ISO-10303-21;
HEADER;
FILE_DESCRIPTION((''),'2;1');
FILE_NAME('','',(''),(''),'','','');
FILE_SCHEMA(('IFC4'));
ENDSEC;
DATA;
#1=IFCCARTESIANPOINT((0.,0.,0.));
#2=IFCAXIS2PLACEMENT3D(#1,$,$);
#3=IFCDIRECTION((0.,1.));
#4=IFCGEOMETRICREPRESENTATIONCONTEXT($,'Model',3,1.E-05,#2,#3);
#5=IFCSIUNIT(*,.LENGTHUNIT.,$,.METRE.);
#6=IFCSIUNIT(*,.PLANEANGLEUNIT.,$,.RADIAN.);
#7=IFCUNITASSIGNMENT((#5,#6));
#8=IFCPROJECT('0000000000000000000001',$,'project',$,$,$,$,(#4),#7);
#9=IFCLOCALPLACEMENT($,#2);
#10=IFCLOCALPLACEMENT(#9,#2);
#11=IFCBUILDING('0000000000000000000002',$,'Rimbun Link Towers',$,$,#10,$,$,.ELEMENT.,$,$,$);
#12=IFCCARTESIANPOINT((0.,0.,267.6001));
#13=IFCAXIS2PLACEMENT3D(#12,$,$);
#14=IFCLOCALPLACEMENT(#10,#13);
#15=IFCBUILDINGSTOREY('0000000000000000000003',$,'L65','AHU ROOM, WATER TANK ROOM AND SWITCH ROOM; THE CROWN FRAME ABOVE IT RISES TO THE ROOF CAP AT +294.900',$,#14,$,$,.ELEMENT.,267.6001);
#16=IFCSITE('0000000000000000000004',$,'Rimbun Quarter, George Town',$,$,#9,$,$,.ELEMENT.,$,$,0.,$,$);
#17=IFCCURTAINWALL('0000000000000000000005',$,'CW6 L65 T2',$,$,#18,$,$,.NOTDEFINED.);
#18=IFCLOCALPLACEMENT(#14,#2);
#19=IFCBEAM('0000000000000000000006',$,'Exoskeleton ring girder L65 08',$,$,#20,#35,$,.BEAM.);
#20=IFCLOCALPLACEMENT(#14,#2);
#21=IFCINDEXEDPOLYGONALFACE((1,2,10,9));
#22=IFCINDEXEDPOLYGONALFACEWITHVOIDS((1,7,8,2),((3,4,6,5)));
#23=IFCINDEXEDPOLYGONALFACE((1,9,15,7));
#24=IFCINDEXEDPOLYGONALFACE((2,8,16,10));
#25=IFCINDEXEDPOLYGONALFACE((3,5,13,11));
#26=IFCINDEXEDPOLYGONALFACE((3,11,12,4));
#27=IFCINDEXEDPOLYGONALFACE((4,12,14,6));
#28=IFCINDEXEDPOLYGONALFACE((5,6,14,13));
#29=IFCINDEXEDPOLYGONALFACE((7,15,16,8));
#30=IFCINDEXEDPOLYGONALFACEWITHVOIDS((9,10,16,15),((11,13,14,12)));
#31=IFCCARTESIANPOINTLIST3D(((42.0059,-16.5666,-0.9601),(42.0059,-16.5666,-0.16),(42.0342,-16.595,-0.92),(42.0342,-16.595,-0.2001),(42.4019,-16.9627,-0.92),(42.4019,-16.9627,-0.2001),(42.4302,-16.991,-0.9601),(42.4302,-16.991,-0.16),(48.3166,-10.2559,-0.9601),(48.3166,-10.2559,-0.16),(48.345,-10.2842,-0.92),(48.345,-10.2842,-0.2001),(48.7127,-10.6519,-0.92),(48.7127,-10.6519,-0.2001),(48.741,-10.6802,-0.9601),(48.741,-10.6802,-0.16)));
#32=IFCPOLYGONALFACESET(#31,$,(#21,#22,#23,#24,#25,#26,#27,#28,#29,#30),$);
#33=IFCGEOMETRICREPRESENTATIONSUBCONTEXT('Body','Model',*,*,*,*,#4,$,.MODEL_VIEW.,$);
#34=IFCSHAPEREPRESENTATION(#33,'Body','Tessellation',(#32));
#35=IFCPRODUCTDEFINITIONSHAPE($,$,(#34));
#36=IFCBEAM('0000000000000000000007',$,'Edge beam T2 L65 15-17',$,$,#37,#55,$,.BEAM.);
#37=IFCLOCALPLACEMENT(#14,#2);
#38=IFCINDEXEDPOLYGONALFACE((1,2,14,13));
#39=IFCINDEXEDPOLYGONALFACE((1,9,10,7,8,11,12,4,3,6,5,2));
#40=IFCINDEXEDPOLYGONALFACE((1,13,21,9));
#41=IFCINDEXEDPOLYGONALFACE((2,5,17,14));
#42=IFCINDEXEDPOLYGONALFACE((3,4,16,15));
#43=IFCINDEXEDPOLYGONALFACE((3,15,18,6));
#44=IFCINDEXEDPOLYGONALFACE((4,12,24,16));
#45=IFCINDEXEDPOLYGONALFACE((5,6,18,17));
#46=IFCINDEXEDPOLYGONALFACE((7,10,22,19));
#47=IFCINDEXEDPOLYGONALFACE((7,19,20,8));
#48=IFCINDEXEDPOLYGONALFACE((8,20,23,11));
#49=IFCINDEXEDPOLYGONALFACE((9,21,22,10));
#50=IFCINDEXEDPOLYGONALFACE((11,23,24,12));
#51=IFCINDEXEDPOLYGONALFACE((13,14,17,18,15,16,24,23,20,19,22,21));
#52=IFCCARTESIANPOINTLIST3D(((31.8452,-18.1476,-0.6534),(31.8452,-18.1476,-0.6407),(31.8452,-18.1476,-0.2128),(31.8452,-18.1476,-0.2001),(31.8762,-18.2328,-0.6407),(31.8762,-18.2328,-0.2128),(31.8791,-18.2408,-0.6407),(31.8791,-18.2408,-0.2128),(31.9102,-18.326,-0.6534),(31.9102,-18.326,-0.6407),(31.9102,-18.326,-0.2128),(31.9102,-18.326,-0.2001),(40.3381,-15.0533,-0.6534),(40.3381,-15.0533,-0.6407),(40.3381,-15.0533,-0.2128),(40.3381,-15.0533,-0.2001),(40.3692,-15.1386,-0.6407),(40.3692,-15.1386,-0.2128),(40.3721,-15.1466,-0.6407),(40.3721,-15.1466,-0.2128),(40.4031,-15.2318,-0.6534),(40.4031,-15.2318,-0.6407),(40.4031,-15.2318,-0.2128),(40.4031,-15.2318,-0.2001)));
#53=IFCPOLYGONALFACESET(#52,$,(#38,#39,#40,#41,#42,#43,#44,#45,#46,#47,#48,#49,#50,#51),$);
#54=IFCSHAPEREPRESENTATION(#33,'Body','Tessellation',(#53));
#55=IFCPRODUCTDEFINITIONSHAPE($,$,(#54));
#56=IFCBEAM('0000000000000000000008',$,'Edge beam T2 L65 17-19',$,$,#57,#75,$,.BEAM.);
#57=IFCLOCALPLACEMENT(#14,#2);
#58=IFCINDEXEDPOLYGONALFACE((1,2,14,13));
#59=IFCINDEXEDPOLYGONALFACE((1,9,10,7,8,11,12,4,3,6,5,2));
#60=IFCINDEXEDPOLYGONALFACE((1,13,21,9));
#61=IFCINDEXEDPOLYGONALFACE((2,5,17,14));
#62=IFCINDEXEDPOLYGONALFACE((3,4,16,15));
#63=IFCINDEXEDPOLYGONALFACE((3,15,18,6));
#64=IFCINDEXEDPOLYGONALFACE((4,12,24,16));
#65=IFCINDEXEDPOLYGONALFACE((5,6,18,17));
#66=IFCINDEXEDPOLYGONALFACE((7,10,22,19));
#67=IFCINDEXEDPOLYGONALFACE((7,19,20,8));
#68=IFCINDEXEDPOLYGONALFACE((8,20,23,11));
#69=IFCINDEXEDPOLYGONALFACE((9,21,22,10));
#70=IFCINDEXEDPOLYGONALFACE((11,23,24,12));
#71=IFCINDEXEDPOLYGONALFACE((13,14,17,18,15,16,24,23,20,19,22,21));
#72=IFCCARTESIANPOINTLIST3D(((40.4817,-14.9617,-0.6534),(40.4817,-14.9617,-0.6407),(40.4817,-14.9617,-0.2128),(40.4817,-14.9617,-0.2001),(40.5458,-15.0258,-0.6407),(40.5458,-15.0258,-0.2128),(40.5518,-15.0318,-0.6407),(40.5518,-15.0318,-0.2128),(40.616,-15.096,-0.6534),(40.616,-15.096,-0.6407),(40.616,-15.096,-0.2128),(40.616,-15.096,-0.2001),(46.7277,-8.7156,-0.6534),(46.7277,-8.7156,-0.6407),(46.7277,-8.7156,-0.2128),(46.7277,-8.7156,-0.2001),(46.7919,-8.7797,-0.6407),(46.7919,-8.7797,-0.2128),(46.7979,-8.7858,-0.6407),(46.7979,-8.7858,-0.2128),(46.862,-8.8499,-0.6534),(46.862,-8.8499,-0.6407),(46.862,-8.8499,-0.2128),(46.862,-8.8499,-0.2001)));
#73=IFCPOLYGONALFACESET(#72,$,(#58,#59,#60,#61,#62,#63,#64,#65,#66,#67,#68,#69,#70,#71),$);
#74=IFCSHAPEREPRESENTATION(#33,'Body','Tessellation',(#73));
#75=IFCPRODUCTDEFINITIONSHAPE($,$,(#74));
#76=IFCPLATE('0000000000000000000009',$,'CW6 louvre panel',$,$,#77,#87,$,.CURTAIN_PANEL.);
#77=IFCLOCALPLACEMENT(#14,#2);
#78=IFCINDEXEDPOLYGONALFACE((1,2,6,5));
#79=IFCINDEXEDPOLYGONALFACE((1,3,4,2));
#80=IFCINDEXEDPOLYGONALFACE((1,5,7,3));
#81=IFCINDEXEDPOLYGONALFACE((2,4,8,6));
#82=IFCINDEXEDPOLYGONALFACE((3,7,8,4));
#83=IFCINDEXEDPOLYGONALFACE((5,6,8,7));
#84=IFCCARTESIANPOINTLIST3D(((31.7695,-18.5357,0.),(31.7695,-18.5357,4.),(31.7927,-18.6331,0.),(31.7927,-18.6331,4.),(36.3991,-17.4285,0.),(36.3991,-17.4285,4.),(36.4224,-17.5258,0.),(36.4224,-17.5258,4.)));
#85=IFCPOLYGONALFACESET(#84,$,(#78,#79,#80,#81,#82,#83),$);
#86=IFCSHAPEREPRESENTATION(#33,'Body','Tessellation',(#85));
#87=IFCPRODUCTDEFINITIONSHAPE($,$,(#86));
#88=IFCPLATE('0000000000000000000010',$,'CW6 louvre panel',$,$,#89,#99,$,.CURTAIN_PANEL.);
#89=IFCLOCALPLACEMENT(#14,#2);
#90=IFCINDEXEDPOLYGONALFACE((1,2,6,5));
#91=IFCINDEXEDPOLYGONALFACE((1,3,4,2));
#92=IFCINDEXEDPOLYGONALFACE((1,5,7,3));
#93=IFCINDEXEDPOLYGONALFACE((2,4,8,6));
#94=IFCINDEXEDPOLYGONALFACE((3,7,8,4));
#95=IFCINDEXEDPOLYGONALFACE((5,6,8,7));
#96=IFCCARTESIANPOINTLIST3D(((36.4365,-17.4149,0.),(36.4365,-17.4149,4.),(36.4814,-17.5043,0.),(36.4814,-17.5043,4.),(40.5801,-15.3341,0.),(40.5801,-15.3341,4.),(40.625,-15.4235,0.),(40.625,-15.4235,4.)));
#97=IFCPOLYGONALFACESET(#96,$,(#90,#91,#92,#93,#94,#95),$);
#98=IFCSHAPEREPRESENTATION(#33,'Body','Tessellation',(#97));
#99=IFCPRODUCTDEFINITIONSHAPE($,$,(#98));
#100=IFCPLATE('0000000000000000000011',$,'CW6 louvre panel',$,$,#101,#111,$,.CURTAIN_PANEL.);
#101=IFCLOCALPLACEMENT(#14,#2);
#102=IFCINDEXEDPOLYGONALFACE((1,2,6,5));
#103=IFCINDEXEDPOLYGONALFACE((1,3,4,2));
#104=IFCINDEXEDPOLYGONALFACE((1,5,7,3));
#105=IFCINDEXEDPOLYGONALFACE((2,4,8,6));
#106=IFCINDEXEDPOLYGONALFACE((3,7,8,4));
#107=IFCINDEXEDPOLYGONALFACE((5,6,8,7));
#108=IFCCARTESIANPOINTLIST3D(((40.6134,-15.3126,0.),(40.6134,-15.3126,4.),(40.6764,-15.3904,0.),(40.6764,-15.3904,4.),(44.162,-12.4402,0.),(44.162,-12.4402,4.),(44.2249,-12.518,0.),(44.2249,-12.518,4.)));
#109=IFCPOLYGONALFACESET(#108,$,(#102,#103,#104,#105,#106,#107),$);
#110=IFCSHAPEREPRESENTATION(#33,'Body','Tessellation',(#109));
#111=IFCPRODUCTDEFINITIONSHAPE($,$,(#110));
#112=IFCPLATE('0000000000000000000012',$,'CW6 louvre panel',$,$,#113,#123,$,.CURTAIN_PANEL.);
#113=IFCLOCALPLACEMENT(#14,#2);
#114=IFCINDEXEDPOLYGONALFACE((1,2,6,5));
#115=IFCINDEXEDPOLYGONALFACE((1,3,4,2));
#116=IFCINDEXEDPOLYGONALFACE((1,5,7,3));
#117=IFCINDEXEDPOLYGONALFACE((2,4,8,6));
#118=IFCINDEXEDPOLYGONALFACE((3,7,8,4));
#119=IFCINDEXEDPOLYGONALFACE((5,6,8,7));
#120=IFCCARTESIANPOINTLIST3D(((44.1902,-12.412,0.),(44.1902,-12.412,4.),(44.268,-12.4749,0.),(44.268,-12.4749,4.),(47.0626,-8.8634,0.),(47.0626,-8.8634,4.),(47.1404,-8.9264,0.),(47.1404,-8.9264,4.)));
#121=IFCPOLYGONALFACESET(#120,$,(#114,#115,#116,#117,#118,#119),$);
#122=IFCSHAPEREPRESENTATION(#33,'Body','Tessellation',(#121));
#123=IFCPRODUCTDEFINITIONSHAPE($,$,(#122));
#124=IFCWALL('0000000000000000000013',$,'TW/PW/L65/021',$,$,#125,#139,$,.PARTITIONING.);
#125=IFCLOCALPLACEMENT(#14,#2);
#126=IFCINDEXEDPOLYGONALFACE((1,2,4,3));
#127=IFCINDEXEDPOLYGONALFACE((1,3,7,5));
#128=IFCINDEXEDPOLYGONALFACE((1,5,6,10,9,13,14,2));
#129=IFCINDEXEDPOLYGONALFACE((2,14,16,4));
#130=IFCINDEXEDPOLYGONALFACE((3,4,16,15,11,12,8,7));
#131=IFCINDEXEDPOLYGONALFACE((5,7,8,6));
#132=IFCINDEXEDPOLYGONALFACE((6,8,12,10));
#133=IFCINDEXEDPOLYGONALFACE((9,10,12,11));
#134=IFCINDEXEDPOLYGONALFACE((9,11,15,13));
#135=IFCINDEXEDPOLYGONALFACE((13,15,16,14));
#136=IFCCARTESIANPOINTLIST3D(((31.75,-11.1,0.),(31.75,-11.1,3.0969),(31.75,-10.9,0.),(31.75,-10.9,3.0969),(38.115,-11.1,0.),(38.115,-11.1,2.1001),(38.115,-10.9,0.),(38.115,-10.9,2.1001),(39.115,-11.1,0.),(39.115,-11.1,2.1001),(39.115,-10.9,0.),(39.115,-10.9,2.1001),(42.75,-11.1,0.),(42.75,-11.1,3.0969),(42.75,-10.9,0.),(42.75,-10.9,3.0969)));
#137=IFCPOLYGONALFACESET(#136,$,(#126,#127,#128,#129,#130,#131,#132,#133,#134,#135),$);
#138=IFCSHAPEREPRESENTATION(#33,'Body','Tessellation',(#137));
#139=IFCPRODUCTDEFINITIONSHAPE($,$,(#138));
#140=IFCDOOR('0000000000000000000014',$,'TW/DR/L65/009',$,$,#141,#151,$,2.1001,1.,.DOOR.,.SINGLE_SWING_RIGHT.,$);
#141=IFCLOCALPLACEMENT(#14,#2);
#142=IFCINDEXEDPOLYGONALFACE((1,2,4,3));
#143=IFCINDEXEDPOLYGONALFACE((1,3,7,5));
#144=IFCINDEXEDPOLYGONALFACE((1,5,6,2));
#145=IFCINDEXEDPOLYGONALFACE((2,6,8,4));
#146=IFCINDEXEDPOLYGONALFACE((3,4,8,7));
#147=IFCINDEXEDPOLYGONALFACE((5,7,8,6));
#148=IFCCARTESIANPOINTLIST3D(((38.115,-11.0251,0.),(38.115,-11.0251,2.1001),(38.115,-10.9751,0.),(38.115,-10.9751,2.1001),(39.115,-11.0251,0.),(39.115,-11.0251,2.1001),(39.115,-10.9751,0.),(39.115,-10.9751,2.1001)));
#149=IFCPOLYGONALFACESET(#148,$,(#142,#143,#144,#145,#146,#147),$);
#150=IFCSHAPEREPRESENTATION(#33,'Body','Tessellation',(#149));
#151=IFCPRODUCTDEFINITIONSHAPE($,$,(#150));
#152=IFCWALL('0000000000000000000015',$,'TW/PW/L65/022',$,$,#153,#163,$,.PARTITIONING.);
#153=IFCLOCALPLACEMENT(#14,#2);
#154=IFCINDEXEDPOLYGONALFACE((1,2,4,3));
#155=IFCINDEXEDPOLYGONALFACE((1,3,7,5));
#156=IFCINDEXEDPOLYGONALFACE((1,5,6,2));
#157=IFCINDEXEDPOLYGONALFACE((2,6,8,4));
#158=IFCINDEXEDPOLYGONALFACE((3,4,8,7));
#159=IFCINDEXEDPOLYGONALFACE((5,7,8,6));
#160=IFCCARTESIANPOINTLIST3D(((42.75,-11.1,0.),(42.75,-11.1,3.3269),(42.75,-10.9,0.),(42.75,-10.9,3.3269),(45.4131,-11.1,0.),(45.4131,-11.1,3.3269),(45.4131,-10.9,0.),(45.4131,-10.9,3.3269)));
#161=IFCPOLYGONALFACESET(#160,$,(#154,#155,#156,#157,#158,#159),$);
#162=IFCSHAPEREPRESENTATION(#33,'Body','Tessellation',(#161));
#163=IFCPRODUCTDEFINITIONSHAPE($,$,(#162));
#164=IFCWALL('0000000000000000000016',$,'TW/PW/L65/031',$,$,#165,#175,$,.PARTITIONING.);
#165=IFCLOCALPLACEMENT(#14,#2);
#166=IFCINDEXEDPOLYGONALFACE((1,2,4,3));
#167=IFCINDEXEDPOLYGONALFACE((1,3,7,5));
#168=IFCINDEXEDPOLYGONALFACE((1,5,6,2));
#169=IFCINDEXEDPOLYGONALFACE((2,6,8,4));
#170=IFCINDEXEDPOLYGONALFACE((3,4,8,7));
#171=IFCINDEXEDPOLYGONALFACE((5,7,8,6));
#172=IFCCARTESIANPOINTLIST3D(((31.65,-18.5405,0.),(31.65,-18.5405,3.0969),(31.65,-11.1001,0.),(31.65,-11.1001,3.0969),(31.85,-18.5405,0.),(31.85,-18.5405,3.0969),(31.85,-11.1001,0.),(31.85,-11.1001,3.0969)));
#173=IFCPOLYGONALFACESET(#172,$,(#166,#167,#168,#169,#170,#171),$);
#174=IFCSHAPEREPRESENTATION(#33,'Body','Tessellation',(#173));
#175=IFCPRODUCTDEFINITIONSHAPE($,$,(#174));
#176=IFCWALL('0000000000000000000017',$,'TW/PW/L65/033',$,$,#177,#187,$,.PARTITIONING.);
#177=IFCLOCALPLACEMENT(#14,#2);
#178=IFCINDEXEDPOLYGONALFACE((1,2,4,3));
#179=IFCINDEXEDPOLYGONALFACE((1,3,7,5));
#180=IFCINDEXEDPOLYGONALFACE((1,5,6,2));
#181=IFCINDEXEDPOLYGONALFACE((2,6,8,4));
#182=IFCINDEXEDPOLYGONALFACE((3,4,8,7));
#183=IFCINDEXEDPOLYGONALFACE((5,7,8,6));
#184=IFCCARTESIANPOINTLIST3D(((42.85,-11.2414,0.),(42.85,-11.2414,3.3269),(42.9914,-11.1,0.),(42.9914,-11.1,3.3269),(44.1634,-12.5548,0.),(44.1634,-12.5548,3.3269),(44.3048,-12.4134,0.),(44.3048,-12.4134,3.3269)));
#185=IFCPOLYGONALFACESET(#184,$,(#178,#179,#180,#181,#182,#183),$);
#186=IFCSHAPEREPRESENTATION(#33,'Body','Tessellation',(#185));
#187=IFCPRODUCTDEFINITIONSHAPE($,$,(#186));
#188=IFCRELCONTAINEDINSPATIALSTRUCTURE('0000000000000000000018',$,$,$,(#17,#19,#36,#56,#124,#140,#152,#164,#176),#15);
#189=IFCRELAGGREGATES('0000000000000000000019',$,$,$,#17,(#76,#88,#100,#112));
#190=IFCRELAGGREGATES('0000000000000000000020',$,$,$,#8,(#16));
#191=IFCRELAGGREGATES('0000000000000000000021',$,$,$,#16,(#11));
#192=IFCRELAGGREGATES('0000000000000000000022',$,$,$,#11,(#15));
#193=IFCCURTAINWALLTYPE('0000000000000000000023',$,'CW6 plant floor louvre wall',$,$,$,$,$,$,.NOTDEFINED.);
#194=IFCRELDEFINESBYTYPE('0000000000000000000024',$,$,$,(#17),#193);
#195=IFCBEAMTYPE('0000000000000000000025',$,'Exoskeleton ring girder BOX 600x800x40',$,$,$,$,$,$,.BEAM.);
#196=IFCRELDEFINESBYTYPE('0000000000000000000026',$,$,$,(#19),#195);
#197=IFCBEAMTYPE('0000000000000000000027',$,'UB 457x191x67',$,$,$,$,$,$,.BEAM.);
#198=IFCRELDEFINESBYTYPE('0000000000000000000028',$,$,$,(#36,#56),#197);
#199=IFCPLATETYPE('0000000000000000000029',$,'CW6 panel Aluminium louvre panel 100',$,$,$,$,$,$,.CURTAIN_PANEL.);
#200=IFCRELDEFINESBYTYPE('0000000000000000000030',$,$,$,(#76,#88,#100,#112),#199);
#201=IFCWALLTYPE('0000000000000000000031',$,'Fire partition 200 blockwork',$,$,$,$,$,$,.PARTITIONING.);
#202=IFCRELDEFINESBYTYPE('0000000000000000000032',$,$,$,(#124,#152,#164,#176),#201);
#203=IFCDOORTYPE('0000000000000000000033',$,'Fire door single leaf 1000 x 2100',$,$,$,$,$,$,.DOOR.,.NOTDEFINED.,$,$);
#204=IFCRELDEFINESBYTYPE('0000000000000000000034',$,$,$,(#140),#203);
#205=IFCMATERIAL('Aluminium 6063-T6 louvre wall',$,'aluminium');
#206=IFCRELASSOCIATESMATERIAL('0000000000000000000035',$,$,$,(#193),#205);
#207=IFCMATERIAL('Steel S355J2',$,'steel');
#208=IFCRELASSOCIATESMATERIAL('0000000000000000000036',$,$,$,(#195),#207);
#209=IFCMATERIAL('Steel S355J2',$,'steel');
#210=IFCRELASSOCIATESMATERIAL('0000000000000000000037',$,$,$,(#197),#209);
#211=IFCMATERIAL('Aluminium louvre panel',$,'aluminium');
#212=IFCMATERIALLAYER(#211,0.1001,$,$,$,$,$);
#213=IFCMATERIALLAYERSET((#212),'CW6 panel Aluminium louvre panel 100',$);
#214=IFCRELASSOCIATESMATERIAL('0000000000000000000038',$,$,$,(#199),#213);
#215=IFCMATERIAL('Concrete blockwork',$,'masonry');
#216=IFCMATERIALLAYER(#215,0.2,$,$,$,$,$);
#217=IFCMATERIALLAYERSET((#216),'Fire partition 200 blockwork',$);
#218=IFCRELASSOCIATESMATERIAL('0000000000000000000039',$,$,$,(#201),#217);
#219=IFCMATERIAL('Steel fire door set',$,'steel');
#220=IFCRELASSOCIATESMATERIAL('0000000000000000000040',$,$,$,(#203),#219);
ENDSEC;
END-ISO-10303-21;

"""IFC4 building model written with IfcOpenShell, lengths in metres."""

from ifc_helpers import new_model, si_unit, direction, frame, frame_2d, origin, origin_2d, place, context, subcontext, project, spatial, rectangle, hollow_rectangle, i_section, extrude, material, layer, layer_set, material_profile, profile_set, type_object, element, fill, aggregate, save


model = new_model("IFC4")

# Units and contexts
model_context = context("Model", 3, precision=1e-05, world=origin(), true_north=direction((0.0, 1.0)))
body_context = subcontext(model_context, "Body", "Model", "MODEL_VIEW")
ifc_project = project(units=[si_unit("LENGTHUNIT", "METRE"), si_unit("PLANEANGLEUNIT", "RADIAN")], contexts=[model_context])

# Site, building, storey
site_placement = place(None, origin())
site = spatial("IfcSite", under=ifc_project, at=site_placement, Name="Rimbun Quarter, George Town", CompositionType="ELEMENT", RefElevation=0.0)
building_placement = place(site_placement, origin())
building = spatial("IfcBuilding", under=site, at=building_placement, Name="Rimbun Link Towers", CompositionType="ELEMENT")
storey_placement = place(building_placement, frame((0.0, 0.0, 267.6001)))
storey = spatial("IfcBuildingStorey", under=building, at=storey_placement, Name="L65", Description="AHU ROOM, WATER TANK ROOM AND SWITCH ROOM; THE CROWN FRAME ABOVE IT RISES TO THE ROOF CAP AT +294.900", CompositionType="ELEMENT", Elevation=267.6001)

# Curtain wall
ifc_material_1 = material(Name="Aluminium 6063-T6 louvre wall", Category="aluminium")
curtain_wall_type = type_object("IfcCurtainWallType", Name="CW6 plant floor louvre wall", PredefinedType="NOTDEFINED", material=ifc_material_1)
curtain_wall_placement = place(storey_placement, origin())
curtain_wall = element("IfcCurtainWall", 1, at=curtain_wall_placement, inside=storey, type_object=curtain_wall_type, Name="CW6 L65 T2", PredefinedType="NOTDEFINED")

# Beams
ifc_material_2 = material(Name="Steel S355J2", Category="steel")
ifc_material_profile_1 = material_profile(ifc_material_2, hollow_rectangle(XDim=0.6001, YDim=0.8, WallThickness=0.04, at=origin_2d()), Name="Exoskeleton ring girder BOX 600x800x40")
ifc_profile_set_1 = profile_set([ifc_material_profile_1], Name="Steel S355J2")
beam_type_1 = type_object("IfcBeamType", Name="Exoskeleton ring girder BOX 600x800x40", PredefinedType="BEAM", material=ifc_profile_set_1)
beam_1_placement = place(storey_placement, frame((42.218, -16.7788, -0.5601), z_axis=(0.707107, 0.707107, 0.0), x_axis=(-0.707107, 0.707107, 0.0)))
element("IfcBeam", 2, at=beam_1_placement, inside=storey, type_object=beam_type_1, Name="Exoskeleton ring girder L65 08", PredefinedType="BEAM", context=body_context, shape_type="SweptSolid", body=[
    extrude(hollow_rectangle(XDim=0.6001, YDim=0.8, WallThickness=0.04, at=origin_2d()), origin(), (0.0, 0.0, 1.0), 8.9248),
])
ifc_material_3 = material(Name="Steel S355J2", Category="steel")
ifc_material_profile_2 = material_profile(ifc_material_3, i_section(OverallWidth=0.1899, OverallDepth=0.4534, WebThickness=0.0085, FlangeThickness=0.0127, at=origin_2d()), Name="UB 457x191x67")
ifc_profile_set_2 = profile_set([ifc_material_profile_2], Name="Steel S355J2")
beam_type_2 = type_object("IfcBeamType", Name="UB 457x191x67", PredefinedType="BEAM", material=ifc_profile_set_2)
beam_2_placement = place(storey_placement, frame((31.8777, -18.2368, -0.4268), z_axis=(0.939583, 0.34232, 0.0), x_axis=(-0.34232, 0.939583, 0.0)))
element("IfcBeam", 3, at=beam_2_placement, inside=storey, type_object=beam_type_2, Name="Edge beam T2 L65 15-17", PredefinedType="BEAM", context=body_context, shape_type="SweptSolid", body=[
    extrude(i_section(OverallWidth=0.1899, OverallDepth=0.4534, WebThickness=0.0085, FlangeThickness=0.0127, at=origin_2d()), origin(), (0.0, 0.0, 1.0), 9.0391),
])
beam_3_placement = place(storey_placement, frame((40.5488, -15.0288, -0.4268), z_axis=(0.707107, 0.707107, 0.0), x_axis=(-0.707107, 0.707107, 0.0)))
element("IfcBeam", 4, at=beam_3_placement, inside=storey, type_object=beam_type_2, Name="Edge beam T2 L65 17-19", PredefinedType="BEAM", context=body_context, shape_type="SweptSolid", body=[
    extrude(i_section(OverallWidth=0.1899, OverallDepth=0.4534, WebThickness=0.0085, FlangeThickness=0.0127, at=origin_2d()), origin(), (0.0, 0.0, 1.0), 8.8333),
])

# Plates
ifc_material_4 = material(Name="Aluminium louvre panel", Category="aluminium")
ifc_layer_1 = layer(ifc_material_4, 0.1001)
ifc_layer_set_1 = layer_set([ifc_layer_1], Name="CW6 panel Aluminium louvre panel 100")
plate_type = type_object("IfcPlateType", Name="CW6 panel Aluminium louvre panel 100", PredefinedType="CURTAIN_PANEL", material=ifc_layer_set_1)
plate_1_placement = place(storey_placement, frame((34.0959, -18.0308, 0.0), z_axis=(0.0, 0.0, 1.0), x_axis=(-0.972571, -0.232607, 0.0)))
plate_1 = element("IfcPlate", 5, at=plate_1_placement, type_object=plate_type, Name="CW6 louvre panel", PredefinedType="CURTAIN_PANEL", context=body_context, shape_type="SweptSolid", body=[
    extrude(rectangle(XDim=4.7603, YDim=0.1001, at=origin_2d()), origin(), (0.0, 0.0, 1.0), 4.0),
])
plate_2_placement = place(storey_placement, frame((38.5308, -16.4192, 0.0), z_axis=(0.0, 0.0, 1.0), x_axis=(-0.893652, -0.448761, 0.0)))
plate_2 = element("IfcPlate", 6, at=plate_2_placement, type_object=plate_type, Name="CW6 louvre panel", PredefinedType="CURTAIN_PANEL", context=body_context, shape_type="SweptSolid", body=[
    extrude(rectangle(XDim=4.6367, YDim=0.1001, at=origin_2d()), origin(), (0.0, 0.0, 1.0), 4.0),
])
plate_3_placement = place(storey_placement, frame((42.4192, -13.9153, 0.0), z_axis=(0.0, 0.0, 1.0), x_axis=(-0.777263, -0.629176, 0.0)))
plate_3 = element("IfcPlate", 7, at=plate_3_placement, type_object=plate_type, Name="CW6 louvre panel", PredefinedType="CURTAIN_PANEL", context=body_context, shape_type="SweptSolid", body=[
    extrude(rectangle(XDim=4.5654, YDim=0.1001, at=origin_2d()), origin(), (0.0, 0.0, 1.0), 4.0),
])
plate_4_placement = place(storey_placement, frame((45.6653, -10.6692, 0.0), z_axis=(0.0, 0.0, 1.0), x_axis=(-0.629176, -0.777263, 0.0)))
plate_4 = element("IfcPlate", 8, at=plate_4_placement, type_object=plate_type, Name="CW6 louvre panel", PredefinedType="CURTAIN_PANEL", context=body_context, shape_type="SweptSolid", body=[
    extrude(rectangle(XDim=4.5654, YDim=0.1001, at=origin_2d()), origin(), (0.0, 0.0, 1.0), 4.0),
])
aggregate(curtain_wall, [plate_1, plate_2, plate_3, plate_4])

# Wall, opening, door
ifc_material_5 = material(Name="Concrete blockwork", Category="masonry")
ifc_layer_2 = layer(ifc_material_5, 0.2)
ifc_layer_set_2 = layer_set([ifc_layer_2], Name="Fire partition 200 blockwork")
wall_type = type_object("IfcWallType", Name="Fire partition 200 blockwork", PredefinedType="PARTITIONING", material=ifc_layer_set_2)
wall_1_placement = place(storey_placement, frame((31.75, -11.0, 0.0), z_axis=(0.0, 0.0, 1.0), x_axis=(1.0, 0.0, 0.0)))
wall_1 = element("IfcWall", 9, at=wall_1_placement, inside=storey, type_object=wall_type, Name="TW/PW/L65/021", PredefinedType="PARTITIONING", context=body_context, shape_type="SweptSolid", body=[
    extrude(rectangle(XDim=11.0, YDim=0.2, at=frame_2d((5.5, 0.0))), origin(), (0.0, 0.0, 1.0), 3.0969),
])
opening_placement = place(wall_1_placement, frame((6.365, 0.0, 0.0)))
opening = element("IfcOpeningElement", 10, at=opening_placement, cuts=wall_1, PredefinedType="OPENING", context=body_context, shape_type="SweptSolid", body=[
    extrude(rectangle(XDim=1.0, YDim=2.1001, at=frame_2d((0.5, 1.05))), frame((0.0, 0.1099, 0.0), z_axis=(0.0, -1.0, 0.0), x_axis=(1.0, 0.0, 0.0)), (0.0, 0.0, 1.0), 0.22),
])
ifc_material_6 = material(Name="Steel fire door set", Category="steel")
door_type = type_object("IfcDoorType", Name="Fire door single leaf 1000 x 2100", OperationType="NOTDEFINED", PredefinedType="DOOR", material=ifc_material_6)
door_placement = place(opening_placement, origin())
door = element("IfcDoor", 11, at=door_placement, inside=storey, type_object=door_type, Name="TW/DR/L65/009", OperationType="SINGLE_SWING_RIGHT", OverallHeight=2.1001, OverallWidth=1.0, PredefinedType="DOOR", context=body_context, shape_type="SweptSolid", body=[
    extrude(rectangle(XDim=1.0, YDim=2.1001, at=frame_2d((0.5, 1.05))), frame((0.0, 0.0249, 0.0), z_axis=(0.0, -1.0, 0.0), x_axis=(1.0, 0.0, 0.0)), (0.0, 0.0, 1.0), 0.05),
])
fill(opening, door)

# Walls
wall_2_placement = place(storey_placement, frame((42.75, -11.0, 0.0), z_axis=(0.0, 0.0, 1.0), x_axis=(1.0, 0.0, 0.0)))
element("IfcWall", 12, at=wall_2_placement, inside=storey, type_object=wall_type, Name="TW/PW/L65/022", PredefinedType="PARTITIONING", context=body_context, shape_type="SweptSolid", body=[
    extrude(rectangle(XDim=2.6631, YDim=0.2, at=frame_2d((1.3315, 0.0))), origin(), (0.0, 0.0, 1.0), 3.3269),
])
wall_3_placement = place(storey_placement, frame((31.75, -18.5405, 0.0), z_axis=(0.0, 0.0, 1.0), x_axis=(0.0, 1.0, 0.0)))
element("IfcWall", 13, at=wall_3_placement, inside=storey, type_object=wall_type, Name="TW/PW/L65/031", PredefinedType="PARTITIONING", context=body_context, shape_type="SweptSolid", body=[
    extrude(rectangle(XDim=7.4404, YDim=0.2, at=frame_2d((3.7202, 0.0))), origin(), (0.0, 0.0, 1.0), 3.0969),
])
wall_4_placement = place(storey_placement, frame((44.2341, -12.4841, 0.0), z_axis=(0.0, 0.0, 1.0), x_axis=(-0.707107, 0.707107, 0.0)))
element("IfcWall", 14, at=wall_4_placement, inside=storey, type_object=wall_type, Name="TW/PW/L65/033", PredefinedType="PARTITIONING", context=body_context, shape_type="SweptSolid", body=[
    extrude(rectangle(XDim=1.8574, YDim=0.2, at=frame_2d((0.9287, 0.0))), origin(), (0.0, 0.0, 1.0), 3.3269),
])

save(model, "model.ifc")
